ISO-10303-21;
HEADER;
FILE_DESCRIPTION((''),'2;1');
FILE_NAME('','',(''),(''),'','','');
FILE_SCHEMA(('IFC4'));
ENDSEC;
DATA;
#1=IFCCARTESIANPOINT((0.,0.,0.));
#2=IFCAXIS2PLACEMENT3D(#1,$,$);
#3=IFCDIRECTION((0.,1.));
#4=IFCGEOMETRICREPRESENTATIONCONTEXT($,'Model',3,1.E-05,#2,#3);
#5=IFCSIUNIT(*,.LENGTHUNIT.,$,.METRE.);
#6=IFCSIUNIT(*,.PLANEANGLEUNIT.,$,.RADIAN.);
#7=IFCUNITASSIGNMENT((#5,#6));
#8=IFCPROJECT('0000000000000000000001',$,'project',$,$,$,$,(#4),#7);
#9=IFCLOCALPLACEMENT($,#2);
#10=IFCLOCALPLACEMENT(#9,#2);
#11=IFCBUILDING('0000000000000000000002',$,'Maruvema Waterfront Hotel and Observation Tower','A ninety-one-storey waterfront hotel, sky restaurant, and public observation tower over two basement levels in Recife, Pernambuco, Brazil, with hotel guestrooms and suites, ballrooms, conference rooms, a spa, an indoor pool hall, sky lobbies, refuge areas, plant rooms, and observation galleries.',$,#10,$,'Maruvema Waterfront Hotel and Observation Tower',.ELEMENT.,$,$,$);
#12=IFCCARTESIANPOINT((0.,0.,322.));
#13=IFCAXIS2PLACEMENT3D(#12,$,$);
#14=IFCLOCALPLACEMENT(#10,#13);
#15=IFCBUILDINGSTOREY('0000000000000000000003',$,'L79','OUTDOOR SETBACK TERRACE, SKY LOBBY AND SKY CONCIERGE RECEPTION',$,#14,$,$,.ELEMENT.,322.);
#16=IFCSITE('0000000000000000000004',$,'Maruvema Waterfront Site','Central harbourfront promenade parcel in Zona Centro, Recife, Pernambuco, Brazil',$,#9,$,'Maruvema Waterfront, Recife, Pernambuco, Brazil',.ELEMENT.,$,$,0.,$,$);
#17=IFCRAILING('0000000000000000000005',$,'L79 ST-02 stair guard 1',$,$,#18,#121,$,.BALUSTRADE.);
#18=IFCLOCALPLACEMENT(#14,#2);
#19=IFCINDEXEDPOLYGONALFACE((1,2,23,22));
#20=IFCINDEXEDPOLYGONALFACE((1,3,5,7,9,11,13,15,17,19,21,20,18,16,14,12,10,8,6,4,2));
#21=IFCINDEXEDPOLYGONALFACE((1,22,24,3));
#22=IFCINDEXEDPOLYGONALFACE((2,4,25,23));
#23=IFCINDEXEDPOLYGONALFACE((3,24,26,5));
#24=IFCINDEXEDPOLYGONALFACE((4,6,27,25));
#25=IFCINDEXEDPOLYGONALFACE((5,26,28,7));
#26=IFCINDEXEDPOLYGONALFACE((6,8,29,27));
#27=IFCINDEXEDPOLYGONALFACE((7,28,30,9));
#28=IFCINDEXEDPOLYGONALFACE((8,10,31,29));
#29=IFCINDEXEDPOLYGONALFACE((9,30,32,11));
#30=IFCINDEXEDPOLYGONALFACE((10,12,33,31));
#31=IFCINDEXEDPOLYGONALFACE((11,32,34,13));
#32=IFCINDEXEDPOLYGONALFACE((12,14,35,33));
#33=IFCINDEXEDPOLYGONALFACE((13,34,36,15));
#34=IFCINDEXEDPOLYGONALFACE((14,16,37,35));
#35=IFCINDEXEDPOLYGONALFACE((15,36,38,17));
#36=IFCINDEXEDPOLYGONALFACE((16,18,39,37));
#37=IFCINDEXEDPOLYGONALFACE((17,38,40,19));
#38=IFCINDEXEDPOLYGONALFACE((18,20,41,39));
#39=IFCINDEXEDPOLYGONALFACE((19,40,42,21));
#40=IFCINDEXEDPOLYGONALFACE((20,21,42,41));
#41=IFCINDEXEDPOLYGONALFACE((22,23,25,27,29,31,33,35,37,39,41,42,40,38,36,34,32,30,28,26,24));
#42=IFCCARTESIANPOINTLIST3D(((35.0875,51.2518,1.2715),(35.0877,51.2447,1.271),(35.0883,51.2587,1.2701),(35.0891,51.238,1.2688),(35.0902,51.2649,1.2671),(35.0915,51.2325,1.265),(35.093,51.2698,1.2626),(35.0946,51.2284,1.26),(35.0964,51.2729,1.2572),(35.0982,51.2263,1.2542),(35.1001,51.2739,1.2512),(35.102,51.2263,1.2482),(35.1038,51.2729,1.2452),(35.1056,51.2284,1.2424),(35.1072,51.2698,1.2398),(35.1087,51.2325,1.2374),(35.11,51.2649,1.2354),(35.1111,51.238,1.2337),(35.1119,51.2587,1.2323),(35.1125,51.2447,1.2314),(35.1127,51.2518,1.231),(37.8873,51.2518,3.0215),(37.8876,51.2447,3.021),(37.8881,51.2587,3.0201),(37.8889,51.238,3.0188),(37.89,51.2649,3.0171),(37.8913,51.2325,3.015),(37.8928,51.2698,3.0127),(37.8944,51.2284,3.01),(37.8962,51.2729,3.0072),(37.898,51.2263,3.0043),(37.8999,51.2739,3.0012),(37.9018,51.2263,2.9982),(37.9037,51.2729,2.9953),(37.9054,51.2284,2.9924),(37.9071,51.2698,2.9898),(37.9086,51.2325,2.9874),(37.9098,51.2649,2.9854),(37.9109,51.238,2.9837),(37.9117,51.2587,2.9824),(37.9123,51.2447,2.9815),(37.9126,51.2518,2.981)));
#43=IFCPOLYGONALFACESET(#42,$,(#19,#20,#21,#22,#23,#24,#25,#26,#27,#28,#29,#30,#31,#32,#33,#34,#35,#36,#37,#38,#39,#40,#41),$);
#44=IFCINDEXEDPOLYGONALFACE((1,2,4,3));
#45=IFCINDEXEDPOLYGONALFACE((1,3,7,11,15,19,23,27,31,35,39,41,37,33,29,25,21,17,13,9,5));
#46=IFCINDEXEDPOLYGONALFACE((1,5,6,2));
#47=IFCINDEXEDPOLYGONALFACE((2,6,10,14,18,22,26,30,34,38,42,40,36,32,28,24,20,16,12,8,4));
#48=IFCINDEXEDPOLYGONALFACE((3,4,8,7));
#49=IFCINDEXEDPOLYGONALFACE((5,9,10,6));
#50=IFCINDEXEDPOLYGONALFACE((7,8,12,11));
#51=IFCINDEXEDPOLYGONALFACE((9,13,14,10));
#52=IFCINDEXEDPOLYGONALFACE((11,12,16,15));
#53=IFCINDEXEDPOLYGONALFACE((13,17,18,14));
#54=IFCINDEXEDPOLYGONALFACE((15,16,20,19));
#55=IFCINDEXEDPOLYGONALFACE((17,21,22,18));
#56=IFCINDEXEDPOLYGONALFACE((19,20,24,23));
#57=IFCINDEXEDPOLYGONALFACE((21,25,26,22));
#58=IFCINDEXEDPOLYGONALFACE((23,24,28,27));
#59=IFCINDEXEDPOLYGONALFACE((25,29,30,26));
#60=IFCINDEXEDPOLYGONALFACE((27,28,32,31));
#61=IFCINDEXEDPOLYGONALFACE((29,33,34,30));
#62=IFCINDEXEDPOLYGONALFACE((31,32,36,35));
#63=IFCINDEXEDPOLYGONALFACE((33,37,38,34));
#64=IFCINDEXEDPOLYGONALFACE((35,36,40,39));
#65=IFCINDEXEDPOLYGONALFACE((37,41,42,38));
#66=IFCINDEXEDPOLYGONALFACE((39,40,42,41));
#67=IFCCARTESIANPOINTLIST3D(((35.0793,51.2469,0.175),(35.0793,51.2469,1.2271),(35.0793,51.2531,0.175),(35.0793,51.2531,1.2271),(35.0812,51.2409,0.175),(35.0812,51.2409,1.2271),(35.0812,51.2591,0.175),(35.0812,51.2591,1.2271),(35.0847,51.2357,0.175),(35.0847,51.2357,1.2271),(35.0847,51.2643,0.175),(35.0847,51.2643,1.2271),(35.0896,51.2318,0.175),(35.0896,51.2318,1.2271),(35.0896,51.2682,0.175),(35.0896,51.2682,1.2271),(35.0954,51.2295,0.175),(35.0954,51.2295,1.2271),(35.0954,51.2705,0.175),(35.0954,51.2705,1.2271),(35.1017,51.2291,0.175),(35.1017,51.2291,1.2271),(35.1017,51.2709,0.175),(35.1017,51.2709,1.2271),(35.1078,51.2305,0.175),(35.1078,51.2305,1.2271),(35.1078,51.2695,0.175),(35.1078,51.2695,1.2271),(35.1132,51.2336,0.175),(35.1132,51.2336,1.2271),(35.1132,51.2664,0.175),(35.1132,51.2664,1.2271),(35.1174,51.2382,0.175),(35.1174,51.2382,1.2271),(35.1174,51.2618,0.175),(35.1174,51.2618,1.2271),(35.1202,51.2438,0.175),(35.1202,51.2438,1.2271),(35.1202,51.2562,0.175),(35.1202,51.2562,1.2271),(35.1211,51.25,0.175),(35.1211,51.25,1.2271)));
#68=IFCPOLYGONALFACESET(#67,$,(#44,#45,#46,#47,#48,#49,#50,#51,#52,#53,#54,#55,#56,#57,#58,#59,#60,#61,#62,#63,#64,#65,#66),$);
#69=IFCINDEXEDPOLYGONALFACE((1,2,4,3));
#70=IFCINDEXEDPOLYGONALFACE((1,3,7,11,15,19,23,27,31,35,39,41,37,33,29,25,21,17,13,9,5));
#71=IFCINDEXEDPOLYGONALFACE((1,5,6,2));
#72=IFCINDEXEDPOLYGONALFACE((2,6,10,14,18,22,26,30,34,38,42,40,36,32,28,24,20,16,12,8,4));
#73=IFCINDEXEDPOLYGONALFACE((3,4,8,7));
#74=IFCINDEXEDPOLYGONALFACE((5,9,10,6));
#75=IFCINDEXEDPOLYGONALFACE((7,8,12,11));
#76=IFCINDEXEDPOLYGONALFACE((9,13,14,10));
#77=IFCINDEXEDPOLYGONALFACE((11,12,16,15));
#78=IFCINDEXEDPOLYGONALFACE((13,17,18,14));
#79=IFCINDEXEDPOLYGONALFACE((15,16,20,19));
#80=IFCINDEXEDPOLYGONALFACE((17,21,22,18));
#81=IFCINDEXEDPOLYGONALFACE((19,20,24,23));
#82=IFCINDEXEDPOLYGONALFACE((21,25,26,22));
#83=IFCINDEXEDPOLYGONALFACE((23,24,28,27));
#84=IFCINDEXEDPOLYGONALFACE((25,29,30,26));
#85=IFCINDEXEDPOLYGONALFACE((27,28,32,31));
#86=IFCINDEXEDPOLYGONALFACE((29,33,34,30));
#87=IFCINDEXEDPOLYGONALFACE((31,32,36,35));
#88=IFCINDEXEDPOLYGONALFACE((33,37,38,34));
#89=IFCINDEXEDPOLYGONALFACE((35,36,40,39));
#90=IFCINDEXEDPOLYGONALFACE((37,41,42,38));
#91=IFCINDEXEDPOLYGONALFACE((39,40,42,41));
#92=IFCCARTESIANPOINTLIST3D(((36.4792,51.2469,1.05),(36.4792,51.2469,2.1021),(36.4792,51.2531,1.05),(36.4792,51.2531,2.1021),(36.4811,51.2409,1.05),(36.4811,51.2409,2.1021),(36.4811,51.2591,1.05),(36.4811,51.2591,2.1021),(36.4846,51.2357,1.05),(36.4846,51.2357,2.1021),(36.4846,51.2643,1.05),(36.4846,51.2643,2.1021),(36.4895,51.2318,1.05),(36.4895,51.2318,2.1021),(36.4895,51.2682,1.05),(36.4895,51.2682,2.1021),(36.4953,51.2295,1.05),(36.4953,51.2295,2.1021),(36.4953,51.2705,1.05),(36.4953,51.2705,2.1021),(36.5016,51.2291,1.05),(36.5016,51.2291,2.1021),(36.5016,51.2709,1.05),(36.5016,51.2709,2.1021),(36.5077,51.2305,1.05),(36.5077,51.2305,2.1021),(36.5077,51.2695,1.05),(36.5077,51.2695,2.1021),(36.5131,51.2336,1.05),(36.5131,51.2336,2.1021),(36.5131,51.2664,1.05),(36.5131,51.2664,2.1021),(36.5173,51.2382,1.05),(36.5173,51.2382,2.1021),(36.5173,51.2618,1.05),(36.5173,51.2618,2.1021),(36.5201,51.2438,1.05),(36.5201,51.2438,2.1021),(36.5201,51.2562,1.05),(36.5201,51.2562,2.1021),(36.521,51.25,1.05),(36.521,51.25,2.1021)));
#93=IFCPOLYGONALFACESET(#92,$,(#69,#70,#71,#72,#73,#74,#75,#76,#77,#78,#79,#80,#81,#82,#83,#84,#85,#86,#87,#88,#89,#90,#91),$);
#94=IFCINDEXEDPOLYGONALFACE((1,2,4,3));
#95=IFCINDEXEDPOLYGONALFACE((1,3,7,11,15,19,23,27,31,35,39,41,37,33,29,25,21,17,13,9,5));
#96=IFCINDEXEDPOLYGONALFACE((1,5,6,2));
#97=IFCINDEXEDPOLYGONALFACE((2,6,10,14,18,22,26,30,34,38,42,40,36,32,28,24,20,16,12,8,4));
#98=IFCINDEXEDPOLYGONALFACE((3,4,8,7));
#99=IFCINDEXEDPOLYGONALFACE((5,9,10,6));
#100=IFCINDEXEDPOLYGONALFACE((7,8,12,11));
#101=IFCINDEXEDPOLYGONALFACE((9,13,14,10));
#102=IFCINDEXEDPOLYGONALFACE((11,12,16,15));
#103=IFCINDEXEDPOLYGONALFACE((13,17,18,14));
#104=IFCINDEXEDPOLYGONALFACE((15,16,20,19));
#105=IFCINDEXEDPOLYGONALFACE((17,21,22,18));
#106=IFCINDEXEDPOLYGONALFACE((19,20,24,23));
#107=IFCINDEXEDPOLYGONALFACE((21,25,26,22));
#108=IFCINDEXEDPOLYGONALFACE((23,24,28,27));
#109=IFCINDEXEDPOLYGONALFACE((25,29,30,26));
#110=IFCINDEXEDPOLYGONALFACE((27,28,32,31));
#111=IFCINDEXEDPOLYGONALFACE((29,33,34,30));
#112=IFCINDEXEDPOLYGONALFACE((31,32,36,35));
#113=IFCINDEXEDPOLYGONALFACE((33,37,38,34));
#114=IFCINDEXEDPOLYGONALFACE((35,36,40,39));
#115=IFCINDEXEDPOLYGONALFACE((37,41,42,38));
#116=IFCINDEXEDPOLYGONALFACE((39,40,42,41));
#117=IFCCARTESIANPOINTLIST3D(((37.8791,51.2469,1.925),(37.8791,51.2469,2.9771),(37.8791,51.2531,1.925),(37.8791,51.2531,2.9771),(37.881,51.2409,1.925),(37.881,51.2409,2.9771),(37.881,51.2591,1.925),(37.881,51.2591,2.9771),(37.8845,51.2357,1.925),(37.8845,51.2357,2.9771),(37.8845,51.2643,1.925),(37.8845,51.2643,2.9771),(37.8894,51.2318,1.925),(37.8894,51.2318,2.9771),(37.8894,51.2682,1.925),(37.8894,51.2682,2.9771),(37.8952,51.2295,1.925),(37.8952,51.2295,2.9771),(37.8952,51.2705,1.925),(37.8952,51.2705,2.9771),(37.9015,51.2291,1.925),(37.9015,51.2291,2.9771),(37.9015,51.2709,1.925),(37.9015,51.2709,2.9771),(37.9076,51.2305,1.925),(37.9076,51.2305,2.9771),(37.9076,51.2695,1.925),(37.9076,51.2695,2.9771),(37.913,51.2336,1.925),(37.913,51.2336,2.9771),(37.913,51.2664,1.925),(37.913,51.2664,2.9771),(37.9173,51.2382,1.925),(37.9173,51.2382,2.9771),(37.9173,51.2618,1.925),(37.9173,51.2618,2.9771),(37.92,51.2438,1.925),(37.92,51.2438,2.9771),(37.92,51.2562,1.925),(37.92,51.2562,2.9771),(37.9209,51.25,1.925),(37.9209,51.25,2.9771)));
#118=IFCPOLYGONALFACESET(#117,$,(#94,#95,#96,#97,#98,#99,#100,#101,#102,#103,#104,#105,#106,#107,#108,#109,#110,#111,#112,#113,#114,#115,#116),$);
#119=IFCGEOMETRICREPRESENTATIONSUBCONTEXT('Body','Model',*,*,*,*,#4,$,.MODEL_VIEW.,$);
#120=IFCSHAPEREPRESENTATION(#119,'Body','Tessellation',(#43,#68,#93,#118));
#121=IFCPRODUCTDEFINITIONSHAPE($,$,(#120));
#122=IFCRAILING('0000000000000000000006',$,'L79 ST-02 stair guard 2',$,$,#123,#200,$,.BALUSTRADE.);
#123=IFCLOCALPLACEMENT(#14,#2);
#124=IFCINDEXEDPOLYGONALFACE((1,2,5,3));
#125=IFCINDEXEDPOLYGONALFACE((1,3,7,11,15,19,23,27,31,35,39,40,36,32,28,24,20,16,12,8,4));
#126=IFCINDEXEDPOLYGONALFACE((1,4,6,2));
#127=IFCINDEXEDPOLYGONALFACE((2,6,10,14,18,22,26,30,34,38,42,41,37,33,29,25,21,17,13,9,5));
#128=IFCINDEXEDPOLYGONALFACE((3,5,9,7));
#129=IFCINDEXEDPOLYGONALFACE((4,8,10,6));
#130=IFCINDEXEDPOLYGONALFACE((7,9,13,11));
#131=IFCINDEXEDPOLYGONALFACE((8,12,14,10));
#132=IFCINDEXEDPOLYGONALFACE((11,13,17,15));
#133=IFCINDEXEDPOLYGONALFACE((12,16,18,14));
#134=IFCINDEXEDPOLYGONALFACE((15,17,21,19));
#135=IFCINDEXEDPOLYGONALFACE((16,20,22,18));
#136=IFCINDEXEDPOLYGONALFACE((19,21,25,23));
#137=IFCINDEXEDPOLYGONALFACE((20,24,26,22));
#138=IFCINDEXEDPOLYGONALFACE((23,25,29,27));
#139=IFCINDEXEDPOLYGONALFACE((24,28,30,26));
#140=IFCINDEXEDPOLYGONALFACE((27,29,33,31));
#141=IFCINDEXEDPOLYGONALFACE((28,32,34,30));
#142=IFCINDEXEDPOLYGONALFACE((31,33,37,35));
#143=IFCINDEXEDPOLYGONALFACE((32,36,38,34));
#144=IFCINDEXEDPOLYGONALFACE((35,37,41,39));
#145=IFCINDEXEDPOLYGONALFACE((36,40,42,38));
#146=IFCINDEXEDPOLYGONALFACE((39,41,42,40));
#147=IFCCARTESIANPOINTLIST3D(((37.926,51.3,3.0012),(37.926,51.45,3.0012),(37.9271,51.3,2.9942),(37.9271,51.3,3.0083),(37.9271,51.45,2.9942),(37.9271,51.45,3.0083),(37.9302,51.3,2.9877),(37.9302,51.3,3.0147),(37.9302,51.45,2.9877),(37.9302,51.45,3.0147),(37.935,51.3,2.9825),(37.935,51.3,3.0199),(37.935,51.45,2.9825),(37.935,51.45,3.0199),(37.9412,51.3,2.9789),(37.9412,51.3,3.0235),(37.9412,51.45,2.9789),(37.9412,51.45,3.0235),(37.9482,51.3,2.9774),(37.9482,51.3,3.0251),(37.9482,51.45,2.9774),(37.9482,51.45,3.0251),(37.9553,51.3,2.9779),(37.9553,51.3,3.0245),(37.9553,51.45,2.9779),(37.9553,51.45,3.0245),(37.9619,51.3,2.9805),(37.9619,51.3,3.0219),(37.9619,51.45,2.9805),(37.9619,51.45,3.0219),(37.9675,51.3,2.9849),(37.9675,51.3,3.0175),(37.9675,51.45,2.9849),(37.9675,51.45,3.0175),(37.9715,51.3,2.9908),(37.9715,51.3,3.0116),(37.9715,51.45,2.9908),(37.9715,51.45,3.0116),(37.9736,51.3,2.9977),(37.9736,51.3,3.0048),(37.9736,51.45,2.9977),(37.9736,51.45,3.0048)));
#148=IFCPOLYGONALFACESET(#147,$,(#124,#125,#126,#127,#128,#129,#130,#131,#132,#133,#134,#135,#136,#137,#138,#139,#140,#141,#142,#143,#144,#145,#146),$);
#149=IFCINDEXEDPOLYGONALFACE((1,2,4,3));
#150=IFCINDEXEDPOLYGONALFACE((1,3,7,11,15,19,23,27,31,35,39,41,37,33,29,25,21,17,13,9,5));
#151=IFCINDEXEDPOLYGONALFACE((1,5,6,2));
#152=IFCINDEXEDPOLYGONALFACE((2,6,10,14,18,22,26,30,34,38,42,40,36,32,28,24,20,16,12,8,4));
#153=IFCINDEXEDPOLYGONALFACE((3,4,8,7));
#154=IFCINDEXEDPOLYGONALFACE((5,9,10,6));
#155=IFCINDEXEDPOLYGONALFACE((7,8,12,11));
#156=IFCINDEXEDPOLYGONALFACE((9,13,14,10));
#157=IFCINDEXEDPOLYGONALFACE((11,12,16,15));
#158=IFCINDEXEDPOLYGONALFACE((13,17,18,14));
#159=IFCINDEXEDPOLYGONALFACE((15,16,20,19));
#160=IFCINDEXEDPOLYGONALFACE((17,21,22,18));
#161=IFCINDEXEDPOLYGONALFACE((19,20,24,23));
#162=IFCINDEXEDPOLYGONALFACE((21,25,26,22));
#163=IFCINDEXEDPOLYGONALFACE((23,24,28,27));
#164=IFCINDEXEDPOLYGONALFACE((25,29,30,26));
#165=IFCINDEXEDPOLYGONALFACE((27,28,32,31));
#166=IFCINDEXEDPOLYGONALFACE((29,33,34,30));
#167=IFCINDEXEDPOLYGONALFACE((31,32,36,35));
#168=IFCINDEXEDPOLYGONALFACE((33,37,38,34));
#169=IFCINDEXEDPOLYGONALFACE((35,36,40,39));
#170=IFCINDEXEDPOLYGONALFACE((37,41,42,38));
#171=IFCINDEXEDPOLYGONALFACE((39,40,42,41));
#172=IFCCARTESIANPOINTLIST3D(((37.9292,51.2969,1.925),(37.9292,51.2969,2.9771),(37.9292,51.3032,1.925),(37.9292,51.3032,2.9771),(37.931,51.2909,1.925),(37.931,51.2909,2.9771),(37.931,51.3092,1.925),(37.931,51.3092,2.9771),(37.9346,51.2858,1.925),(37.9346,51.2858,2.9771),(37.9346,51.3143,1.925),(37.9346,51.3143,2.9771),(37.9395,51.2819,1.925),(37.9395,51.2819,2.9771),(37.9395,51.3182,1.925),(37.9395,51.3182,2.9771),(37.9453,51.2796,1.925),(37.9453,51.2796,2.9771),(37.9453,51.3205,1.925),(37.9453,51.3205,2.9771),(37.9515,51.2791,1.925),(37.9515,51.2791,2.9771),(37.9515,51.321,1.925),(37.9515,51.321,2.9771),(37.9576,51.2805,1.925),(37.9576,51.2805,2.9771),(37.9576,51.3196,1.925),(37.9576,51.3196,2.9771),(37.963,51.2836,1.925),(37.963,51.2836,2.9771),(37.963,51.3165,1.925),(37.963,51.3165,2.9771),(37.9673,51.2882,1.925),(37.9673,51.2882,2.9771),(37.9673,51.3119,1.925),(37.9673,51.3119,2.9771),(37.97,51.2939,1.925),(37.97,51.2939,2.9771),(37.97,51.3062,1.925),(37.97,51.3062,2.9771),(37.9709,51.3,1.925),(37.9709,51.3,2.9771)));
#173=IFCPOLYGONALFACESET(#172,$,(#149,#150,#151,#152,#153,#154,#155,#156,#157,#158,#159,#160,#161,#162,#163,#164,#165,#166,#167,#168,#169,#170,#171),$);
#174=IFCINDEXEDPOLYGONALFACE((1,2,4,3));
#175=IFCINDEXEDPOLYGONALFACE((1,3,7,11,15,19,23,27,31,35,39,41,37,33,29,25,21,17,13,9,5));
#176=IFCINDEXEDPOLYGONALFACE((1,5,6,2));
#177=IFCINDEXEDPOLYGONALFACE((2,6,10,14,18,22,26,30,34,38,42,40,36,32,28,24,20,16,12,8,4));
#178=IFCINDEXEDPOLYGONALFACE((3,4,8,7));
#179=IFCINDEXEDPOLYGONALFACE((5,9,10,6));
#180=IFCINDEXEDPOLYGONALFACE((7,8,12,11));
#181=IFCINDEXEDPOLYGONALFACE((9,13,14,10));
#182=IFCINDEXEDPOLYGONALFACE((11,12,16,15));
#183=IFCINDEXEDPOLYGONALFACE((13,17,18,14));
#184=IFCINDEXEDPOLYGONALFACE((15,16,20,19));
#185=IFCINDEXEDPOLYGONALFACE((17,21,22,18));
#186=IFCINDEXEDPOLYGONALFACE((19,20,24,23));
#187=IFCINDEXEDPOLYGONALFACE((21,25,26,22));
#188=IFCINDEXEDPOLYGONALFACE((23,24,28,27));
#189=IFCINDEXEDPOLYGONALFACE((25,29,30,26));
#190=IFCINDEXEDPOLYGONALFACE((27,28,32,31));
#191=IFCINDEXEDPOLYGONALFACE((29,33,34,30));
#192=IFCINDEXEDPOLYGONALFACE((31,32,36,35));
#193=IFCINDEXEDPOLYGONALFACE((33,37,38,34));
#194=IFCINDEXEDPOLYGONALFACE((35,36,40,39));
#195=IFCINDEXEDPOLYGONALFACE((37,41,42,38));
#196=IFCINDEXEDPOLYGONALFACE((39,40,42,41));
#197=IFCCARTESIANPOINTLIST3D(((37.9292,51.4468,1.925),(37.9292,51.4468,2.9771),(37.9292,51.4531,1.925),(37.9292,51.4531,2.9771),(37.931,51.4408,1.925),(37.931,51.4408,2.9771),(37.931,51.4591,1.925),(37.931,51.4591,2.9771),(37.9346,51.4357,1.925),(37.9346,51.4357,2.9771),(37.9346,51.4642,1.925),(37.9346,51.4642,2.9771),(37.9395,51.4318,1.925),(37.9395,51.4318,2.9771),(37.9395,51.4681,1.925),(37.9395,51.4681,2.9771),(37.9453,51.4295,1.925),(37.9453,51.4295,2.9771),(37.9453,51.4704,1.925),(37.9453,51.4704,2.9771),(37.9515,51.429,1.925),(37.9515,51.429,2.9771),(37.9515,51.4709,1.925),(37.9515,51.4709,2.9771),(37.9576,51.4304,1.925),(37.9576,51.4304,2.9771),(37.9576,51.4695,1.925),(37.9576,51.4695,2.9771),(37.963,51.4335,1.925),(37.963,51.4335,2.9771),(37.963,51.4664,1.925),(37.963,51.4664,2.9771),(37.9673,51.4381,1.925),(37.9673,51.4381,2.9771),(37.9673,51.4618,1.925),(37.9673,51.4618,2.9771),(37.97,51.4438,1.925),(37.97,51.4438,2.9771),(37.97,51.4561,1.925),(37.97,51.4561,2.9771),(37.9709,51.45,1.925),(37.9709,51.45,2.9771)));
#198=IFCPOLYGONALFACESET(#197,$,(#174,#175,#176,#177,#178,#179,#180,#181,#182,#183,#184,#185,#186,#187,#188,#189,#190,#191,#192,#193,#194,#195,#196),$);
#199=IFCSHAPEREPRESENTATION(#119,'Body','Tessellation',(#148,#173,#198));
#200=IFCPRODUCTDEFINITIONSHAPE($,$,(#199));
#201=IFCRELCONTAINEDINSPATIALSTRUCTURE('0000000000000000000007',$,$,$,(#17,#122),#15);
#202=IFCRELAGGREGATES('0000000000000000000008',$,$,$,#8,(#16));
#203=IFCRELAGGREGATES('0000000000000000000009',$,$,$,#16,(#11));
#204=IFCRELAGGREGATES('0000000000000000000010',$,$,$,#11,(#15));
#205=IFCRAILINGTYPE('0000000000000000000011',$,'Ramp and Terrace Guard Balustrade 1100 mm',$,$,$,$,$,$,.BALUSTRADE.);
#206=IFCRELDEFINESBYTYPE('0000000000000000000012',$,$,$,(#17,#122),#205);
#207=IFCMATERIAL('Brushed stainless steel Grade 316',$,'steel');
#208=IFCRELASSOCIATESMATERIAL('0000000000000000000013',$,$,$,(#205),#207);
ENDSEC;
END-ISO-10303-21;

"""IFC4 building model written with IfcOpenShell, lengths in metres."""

from ifc_helpers import new_model, si_unit, direction, frame, origin, origin_2d, place, context, subcontext, project, spatial, circle, extrude, material, type_object, element, save


model = new_model("IFC4")

# Units and contexts
model_context = context("Model", 3, precision=1e-05, world=origin(), true_north=direction((0.0, 1.0)))
body_context = subcontext(model_context, "Body", "Model", "MODEL_VIEW")
ifc_project = project(units=[si_unit("LENGTHUNIT", "METRE"), si_unit("PLANEANGLEUNIT", "RADIAN")], contexts=[model_context])

# Site, building, storey
site_placement = place(None, origin())
site = spatial("IfcSite", under=ifc_project, at=site_placement, Name="Maruvema Waterfront Site", Description="Central harbourfront promenade parcel in Zona Centro, Recife, Pernambuco, Brazil", LongName="Maruvema Waterfront, Recife, Pernambuco, Brazil", CompositionType="ELEMENT", RefElevation=0.0)
building_placement = place(site_placement, origin())
building = spatial("IfcBuilding", under=site, at=building_placement, Name="Maruvema Waterfront Hotel and Observation Tower", Description="A ninety-one-storey waterfront hotel, sky restaurant, and public observation tower over two basement levels in Recife, Pernambuco, Brazil, with hotel guestrooms and suites, ballrooms, conference rooms, a spa, an indoor pool hall, sky lobbies, refuge areas, plant rooms, and observation galleries.", LongName="Maruvema Waterfront Hotel and Observation Tower", CompositionType="ELEMENT")
storey_placement = place(building_placement, frame((0.0, 0.0, 322.0)))
storey = spatial("IfcBuildingStorey", under=building, at=storey_placement, Name="L79", Description="OUTDOOR SETBACK TERRACE, SKY LOBBY AND SKY CONCIERGE RECEPTION", CompositionType="ELEMENT", Elevation=322.0)

# Railings
ifc_material_1 = material(Name="Brushed stainless steel Grade 316", Category="steel")
railing_type_1 = type_object("IfcRailingType", Name="Ramp and Terrace Guard Balustrade 1100 mm", PredefinedType="BALUSTRADE", material=ifc_material_1)
railing_1_placement = place(storey_placement, frame((35.1001, 51.25, 0.175)))
element("IfcRailing", 1, at=railing_1_placement, inside=storey, type_object=railing_type_1, Name="L79 ST-02 stair guard 1", PredefinedType="BALUSTRADE", context=body_context, shape_type="SweptSolid", body=[
    extrude(circle(Radius=0.0239, at=origin_2d()), frame((0.0, 0.0, 1.0762), z_axis=(0.847982, 0.0, 0.530026), x_axis=(0.0, 1.0, 0.0)), (0.0, 0.0, 1.0), 3.3018),
    extrude(circle(Radius=0.021, at=origin_2d()), origin(), (0.0, 0.0, 1.0), 1.052),
    extrude(circle(Radius=0.021, at=origin_2d()), frame((1.3999, 0.0, 0.875)), (0.0, 0.0, 1.0), 1.052),
    extrude(circle(Radius=0.021, at=origin_2d()), frame((2.7998, 0.0, 1.75)), (0.0, 0.0, 1.0), 1.052),
])
railing_2_placement = place(storey_placement, frame((37.95, 51.3, 1.925)))
element("IfcRailing", 2, at=railing_2_placement, inside=storey, type_object=railing_type_1, Name="L79 ST-02 stair guard 2", PredefinedType="BALUSTRADE", context=body_context, shape_type="SweptSolid", body=[
    extrude(circle(Radius=0.0239, at=origin_2d()), frame((0.0, 0.0, 1.0762), z_axis=(0.0, 1.0, 0.0), x_axis=(-1.0, 0.0, 0.0)), (0.0, 0.0, 1.0), 0.1499),
    extrude(circle(Radius=0.021, at=origin_2d()), origin(), (0.0, 0.0, 1.0), 1.052),
    extrude(circle(Radius=0.021, at=origin_2d()), frame((0.0, 0.1499, 0.0)), (0.0, 0.0, 1.0), 1.052),
])

save(model, "model.ifc")
